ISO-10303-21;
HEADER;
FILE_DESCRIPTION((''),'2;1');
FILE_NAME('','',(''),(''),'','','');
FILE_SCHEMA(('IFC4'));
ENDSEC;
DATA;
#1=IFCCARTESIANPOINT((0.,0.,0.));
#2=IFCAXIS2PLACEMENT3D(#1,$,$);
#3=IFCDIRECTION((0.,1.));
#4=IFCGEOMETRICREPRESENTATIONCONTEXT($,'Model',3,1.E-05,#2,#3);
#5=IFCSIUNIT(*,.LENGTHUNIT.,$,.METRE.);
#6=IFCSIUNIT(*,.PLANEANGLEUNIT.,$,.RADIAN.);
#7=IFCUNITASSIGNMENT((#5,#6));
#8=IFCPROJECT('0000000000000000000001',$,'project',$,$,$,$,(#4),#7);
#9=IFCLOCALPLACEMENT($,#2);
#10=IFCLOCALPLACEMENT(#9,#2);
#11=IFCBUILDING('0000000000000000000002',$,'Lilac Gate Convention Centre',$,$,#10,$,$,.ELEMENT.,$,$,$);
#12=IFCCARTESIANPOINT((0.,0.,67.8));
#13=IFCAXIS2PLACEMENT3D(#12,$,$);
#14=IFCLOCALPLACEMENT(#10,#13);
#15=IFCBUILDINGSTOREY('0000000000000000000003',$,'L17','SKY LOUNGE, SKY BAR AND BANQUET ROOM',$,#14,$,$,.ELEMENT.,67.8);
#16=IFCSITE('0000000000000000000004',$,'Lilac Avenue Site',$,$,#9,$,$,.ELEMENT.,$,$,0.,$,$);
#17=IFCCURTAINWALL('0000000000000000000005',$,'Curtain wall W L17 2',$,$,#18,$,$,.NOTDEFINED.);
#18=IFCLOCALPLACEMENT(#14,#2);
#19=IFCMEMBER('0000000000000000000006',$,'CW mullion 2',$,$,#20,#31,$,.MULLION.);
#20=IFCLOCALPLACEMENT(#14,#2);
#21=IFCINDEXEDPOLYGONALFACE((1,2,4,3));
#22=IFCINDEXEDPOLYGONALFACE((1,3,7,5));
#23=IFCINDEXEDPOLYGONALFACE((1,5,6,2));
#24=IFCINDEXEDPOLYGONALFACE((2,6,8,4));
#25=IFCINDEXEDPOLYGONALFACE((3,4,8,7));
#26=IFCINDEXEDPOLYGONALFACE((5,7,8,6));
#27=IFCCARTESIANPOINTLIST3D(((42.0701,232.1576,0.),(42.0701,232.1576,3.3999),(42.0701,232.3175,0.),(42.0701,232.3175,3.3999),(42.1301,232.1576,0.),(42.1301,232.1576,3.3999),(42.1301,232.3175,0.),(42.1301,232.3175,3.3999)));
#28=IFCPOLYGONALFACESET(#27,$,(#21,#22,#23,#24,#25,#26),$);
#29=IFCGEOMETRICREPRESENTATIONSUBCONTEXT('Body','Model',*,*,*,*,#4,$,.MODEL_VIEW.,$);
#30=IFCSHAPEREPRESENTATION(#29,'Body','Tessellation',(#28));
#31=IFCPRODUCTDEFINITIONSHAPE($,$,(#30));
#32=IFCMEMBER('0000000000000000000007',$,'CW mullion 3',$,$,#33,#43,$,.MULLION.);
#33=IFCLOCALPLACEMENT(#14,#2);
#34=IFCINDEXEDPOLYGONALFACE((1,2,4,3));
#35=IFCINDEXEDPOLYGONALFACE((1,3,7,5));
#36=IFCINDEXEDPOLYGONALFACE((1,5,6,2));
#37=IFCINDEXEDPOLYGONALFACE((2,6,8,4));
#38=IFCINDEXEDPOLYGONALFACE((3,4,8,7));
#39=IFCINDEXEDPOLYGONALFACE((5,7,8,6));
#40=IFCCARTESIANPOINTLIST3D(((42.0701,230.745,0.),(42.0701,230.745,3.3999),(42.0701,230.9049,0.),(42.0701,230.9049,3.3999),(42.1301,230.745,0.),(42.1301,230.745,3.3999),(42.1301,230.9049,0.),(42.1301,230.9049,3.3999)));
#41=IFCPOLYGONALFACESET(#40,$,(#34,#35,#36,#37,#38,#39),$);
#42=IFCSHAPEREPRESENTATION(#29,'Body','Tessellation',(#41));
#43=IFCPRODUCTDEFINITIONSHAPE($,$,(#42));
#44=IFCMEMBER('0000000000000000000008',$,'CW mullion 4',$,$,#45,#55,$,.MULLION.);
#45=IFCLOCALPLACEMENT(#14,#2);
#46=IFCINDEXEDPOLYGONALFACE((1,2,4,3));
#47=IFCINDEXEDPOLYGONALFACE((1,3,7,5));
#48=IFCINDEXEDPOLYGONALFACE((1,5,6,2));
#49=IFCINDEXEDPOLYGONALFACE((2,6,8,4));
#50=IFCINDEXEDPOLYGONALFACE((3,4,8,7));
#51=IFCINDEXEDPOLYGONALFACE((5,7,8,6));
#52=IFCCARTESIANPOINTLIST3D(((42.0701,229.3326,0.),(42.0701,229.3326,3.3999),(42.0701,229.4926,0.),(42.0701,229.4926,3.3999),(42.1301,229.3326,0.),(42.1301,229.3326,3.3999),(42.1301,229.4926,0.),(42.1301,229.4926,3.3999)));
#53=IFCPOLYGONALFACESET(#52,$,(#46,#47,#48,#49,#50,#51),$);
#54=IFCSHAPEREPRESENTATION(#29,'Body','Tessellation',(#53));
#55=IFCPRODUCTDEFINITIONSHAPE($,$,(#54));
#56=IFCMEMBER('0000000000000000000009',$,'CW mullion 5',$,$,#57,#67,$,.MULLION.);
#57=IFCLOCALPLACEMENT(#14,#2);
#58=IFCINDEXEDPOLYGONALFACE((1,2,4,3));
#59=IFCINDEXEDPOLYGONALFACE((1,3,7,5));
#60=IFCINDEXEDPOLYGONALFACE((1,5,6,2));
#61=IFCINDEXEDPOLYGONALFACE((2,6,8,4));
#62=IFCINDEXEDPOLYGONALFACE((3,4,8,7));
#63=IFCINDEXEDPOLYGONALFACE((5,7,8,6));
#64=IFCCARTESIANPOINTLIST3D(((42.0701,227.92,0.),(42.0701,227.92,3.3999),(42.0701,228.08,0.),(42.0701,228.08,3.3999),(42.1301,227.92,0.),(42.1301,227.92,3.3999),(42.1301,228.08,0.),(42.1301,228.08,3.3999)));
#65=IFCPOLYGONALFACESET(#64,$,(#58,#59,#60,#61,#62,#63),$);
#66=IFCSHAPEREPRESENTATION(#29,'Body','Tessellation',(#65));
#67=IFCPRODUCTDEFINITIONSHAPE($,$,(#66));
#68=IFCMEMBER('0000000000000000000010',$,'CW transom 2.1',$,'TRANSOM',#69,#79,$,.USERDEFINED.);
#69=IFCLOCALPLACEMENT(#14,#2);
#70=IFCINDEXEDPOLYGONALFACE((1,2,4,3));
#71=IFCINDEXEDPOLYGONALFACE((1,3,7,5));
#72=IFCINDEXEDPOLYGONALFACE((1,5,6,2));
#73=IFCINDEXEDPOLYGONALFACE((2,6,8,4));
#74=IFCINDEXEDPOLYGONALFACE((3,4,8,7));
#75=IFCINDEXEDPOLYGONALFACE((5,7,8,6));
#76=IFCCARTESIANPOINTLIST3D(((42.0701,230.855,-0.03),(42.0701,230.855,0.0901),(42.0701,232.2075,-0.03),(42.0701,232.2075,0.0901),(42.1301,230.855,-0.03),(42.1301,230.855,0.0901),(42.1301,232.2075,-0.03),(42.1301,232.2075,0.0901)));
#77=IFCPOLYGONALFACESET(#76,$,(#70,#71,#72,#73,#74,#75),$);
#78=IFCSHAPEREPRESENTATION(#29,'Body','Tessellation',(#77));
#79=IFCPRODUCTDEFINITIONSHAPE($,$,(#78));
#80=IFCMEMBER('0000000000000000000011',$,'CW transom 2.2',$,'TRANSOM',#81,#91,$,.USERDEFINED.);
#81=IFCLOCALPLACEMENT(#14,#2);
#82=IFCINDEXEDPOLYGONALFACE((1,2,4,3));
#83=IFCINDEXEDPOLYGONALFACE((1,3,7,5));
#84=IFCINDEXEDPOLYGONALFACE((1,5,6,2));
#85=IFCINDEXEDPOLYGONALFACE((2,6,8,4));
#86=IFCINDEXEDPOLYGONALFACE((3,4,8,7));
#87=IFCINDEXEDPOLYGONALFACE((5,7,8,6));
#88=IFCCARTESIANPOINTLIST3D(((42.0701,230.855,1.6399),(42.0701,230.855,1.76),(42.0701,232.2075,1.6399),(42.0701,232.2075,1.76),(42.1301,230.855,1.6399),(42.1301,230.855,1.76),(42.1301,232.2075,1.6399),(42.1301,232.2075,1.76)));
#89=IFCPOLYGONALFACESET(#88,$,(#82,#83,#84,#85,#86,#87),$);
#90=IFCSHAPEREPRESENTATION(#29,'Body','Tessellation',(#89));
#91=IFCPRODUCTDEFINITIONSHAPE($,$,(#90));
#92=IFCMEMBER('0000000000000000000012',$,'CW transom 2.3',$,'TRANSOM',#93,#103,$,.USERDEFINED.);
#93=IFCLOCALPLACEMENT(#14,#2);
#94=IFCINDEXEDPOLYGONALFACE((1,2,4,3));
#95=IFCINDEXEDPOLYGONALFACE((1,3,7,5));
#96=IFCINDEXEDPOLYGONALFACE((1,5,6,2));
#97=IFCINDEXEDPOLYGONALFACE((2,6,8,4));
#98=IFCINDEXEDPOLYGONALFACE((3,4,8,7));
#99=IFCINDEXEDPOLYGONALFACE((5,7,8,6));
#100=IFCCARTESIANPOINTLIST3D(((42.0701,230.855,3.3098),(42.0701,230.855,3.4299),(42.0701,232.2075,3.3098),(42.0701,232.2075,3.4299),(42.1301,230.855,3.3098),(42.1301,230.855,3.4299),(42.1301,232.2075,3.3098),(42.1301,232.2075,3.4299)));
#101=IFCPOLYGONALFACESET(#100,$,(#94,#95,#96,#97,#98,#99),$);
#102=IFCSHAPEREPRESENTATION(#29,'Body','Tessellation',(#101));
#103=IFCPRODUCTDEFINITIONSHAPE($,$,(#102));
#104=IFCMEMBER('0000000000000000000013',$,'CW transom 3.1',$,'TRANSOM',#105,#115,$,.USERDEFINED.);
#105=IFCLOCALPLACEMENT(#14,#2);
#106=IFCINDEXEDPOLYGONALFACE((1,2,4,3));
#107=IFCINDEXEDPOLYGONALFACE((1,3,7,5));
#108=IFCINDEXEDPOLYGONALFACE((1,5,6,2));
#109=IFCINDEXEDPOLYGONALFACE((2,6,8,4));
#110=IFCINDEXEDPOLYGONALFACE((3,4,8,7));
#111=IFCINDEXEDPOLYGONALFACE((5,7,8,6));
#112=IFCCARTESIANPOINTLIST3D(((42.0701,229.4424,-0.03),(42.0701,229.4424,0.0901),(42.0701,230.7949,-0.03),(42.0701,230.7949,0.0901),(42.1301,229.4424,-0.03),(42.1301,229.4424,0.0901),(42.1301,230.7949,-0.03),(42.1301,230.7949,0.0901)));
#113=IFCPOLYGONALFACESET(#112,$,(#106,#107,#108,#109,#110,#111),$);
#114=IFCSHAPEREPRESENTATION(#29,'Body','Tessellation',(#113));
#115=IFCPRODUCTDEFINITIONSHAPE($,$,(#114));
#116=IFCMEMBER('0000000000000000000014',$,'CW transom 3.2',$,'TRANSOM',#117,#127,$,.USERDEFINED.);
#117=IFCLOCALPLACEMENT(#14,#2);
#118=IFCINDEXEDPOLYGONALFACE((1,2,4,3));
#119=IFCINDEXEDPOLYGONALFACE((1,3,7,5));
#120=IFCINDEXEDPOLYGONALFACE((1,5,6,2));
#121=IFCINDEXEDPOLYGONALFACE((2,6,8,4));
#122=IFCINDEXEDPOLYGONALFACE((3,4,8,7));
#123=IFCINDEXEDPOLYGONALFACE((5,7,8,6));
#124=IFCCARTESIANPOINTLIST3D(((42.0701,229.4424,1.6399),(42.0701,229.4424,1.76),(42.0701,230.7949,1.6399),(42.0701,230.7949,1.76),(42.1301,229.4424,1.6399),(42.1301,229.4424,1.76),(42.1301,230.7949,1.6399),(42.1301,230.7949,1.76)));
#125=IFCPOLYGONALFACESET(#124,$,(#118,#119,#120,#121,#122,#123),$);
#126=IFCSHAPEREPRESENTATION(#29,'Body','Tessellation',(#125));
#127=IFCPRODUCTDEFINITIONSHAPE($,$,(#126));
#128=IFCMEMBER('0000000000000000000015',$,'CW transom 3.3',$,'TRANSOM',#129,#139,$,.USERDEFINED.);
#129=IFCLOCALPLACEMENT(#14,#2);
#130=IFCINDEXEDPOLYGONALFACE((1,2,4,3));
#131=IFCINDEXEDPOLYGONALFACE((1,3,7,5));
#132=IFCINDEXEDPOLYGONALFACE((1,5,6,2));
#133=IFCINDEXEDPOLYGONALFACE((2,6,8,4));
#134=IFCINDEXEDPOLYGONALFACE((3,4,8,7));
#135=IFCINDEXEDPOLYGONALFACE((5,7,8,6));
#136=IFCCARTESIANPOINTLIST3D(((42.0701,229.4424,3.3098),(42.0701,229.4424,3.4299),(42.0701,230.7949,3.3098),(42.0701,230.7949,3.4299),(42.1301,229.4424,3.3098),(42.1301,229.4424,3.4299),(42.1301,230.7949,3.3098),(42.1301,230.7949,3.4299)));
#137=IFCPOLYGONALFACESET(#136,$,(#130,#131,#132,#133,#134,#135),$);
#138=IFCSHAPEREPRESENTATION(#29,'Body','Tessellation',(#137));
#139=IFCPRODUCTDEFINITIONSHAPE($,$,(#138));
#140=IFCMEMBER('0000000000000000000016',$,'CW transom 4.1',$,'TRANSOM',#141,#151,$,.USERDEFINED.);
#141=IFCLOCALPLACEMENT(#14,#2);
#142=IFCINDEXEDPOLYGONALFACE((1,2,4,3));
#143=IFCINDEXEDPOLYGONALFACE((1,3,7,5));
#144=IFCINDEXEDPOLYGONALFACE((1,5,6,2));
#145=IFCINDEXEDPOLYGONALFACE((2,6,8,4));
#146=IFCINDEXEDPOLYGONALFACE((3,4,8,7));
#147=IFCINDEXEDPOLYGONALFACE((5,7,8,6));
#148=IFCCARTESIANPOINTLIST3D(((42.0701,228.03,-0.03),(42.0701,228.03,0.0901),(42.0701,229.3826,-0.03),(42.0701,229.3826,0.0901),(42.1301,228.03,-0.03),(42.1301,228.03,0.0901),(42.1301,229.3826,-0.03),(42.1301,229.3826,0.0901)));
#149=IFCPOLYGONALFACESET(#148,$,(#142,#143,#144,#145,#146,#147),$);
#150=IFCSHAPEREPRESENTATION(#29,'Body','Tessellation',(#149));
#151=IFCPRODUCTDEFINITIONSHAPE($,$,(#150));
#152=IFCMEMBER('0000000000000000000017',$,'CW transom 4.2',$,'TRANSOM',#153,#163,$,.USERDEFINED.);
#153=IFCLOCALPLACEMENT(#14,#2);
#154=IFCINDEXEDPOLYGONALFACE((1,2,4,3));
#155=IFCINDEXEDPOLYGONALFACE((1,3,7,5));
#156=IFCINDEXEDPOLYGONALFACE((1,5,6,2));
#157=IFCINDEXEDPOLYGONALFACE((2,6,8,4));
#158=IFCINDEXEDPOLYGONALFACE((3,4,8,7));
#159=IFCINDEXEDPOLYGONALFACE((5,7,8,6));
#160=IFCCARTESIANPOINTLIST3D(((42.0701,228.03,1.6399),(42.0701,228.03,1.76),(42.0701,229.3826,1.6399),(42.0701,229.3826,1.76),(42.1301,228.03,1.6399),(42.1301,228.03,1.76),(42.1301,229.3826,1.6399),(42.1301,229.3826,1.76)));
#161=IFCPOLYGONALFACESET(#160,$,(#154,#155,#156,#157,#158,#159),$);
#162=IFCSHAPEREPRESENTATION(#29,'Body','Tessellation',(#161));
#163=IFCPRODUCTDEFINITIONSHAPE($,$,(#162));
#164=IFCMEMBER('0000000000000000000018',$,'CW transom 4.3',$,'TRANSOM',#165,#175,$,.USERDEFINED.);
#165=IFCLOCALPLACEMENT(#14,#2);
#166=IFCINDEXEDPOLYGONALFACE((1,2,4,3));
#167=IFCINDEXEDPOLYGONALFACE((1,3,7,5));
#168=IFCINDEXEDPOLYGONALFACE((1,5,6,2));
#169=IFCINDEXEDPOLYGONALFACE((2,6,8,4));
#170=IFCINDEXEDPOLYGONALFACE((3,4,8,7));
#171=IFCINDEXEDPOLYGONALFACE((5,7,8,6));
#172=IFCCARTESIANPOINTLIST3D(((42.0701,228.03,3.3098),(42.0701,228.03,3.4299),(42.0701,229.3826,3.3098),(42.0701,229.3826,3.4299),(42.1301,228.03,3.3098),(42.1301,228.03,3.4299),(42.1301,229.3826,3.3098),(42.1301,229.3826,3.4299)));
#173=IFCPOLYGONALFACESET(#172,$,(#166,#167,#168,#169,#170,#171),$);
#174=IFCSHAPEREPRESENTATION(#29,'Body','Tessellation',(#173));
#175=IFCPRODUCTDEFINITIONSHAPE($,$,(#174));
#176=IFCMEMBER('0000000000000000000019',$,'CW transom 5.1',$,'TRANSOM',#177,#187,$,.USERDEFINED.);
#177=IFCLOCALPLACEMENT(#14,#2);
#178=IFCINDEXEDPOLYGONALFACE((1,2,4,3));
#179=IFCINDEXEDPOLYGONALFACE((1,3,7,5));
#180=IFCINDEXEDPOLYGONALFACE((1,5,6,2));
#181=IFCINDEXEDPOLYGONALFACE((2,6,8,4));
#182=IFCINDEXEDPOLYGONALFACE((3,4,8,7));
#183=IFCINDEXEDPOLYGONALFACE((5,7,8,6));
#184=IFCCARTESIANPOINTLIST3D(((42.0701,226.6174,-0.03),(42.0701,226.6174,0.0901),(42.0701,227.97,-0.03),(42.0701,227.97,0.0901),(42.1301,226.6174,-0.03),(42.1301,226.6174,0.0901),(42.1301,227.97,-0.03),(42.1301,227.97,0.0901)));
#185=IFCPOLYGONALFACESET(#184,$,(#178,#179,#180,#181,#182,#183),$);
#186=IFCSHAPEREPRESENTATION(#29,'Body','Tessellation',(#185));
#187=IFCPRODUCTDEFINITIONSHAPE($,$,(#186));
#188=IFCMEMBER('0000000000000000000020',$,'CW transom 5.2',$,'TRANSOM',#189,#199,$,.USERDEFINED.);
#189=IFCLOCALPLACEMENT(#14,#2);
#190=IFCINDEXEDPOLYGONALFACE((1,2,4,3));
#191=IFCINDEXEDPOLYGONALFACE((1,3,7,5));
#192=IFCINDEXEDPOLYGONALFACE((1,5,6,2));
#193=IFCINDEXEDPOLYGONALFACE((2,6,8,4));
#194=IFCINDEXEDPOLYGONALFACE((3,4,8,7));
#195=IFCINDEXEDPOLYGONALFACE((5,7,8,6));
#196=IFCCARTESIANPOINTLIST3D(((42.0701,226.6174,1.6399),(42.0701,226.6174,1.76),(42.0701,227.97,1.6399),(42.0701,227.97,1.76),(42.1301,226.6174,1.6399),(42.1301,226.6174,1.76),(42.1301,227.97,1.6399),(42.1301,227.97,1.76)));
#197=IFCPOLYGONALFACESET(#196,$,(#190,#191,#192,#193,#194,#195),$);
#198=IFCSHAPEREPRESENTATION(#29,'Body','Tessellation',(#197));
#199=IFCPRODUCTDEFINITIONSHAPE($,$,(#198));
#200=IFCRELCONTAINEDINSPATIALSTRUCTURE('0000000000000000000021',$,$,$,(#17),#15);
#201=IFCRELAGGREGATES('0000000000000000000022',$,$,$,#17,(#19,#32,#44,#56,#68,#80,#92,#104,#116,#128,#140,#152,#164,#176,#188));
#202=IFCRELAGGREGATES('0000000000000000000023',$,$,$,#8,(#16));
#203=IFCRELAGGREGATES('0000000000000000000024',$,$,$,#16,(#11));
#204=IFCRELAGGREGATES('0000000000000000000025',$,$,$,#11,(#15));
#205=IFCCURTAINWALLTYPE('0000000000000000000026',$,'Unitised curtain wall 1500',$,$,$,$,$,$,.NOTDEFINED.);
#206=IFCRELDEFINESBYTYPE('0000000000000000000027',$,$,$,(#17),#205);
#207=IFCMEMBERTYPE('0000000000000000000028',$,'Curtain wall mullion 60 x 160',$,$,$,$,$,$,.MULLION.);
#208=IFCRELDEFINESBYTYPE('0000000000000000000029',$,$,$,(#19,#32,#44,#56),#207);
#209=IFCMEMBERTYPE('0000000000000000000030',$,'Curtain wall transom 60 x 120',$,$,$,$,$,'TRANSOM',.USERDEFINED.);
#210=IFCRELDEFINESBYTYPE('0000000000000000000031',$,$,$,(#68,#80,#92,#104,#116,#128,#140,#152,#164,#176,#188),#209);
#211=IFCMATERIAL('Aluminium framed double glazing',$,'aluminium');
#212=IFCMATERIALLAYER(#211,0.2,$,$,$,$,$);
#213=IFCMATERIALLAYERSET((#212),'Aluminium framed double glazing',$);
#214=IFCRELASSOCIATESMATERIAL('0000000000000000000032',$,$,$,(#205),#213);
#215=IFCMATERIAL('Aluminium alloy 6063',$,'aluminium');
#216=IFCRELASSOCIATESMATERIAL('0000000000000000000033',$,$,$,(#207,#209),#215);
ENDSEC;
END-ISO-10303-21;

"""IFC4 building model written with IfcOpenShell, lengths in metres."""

from ifc_helpers import new_model, si_unit, direction, frame, origin, origin_2d, place, context, subcontext, project, spatial, rectangle, extrude, material, layer, layer_set, material_profile, profile_set, type_object, element, aggregate, save


model = new_model("IFC4")

# Units and contexts
model_context = context("Model", 3, precision=1e-05, world=origin(), true_north=direction((0.0, 1.0)))
body_context = subcontext(model_context, "Body", "Model", "MODEL_VIEW")
ifc_project = project(units=[si_unit("LENGTHUNIT", "METRE"), si_unit("PLANEANGLEUNIT", "RADIAN")], contexts=[model_context])

# Site, building, storey
site_placement = place(None, origin())
site = spatial("IfcSite", under=ifc_project, at=site_placement, Name="Lilac Avenue Site", CompositionType="ELEMENT", RefElevation=0.0)
building_placement = place(site_placement, origin())
building = spatial("IfcBuilding", under=site, at=building_placement, Name="Lilac Gate Convention Centre", CompositionType="ELEMENT")
storey_placement = place(building_placement, frame((0.0, 0.0, 67.8)))
storey = spatial("IfcBuildingStorey", under=building, at=storey_placement, Name="L17", Description="SKY LOUNGE, SKY BAR AND BANQUET ROOM", CompositionType="ELEMENT", Elevation=67.8)

# Curtain wall, members
ifc_material_1 = material(Name="Aluminium framed double glazing", Category="aluminium")
ifc_layer_1 = layer(ifc_material_1, 0.2)
ifc_layer_set_1 = layer_set([ifc_layer_1], Name="Aluminium framed double glazing")
curtain_wall_type = type_object("IfcCurtainWallType", Name="Unitised curtain wall 1500", PredefinedType="NOTDEFINED", material=ifc_layer_set_1)
curtain_wall_placement = place(storey_placement, origin())
curtain_wall = element("IfcCurtainWall", 1, at=curtain_wall_placement, inside=storey, type_object=curtain_wall_type, Name="Curtain wall W L17 2", PredefinedType="NOTDEFINED")
ifc_material_2 = material(Name="Aluminium alloy 6063", Category="aluminium")
ifc_material_profile_1 = material_profile(ifc_material_2, rectangle(XDim=0.0601, YDim=0.1599, at=origin_2d()), Name="Curtain wall mullion 60 x 160")
ifc_profile_set_1 = profile_set([ifc_material_profile_1], Name="Aluminium alloy 6063")
member_type_1 = type_object("IfcMemberType", Name="Curtain wall mullion 60 x 160", PredefinedType="MULLION", material=ifc_profile_set_1)
member_1_placement = place(storey_placement, frame((42.1001, 232.2375, 0.0), z_axis=(0.0, 0.0, 1.0), x_axis=(1.0, 0.0, 0.0)))
member_1 = element("IfcMember", 2, at=member_1_placement, type_object=member_type_1, Name="CW mullion 2", PredefinedType="MULLION", context=body_context, shape_type="SweptSolid", body=[
    extrude(rectangle(XDim=0.0601, YDim=0.1599, at=origin_2d()), origin(), (0.0, 0.0, 1.0), 3.3999),
])
member_2_placement = place(storey_placement, frame((42.1001, 230.825, 0.0), z_axis=(0.0, 0.0, 1.0), x_axis=(1.0, 0.0, 0.0)))
member_2 = element("IfcMember", 3, at=member_2_placement, type_object=member_type_1, Name="CW mullion 3", PredefinedType="MULLION", context=body_context, shape_type="SweptSolid", body=[
    extrude(rectangle(XDim=0.0601, YDim=0.1599, at=origin_2d()), origin(), (0.0, 0.0, 1.0), 3.3999),
])
member_3_placement = place(storey_placement, frame((42.1001, 229.4126, 0.0), z_axis=(0.0, 0.0, 1.0), x_axis=(1.0, 0.0, 0.0)))
member_3 = element("IfcMember", 4, at=member_3_placement, type_object=member_type_1, Name="CW mullion 4", PredefinedType="MULLION", context=body_context, shape_type="SweptSolid", body=[
    extrude(rectangle(XDim=0.0601, YDim=0.1599, at=origin_2d()), origin(), (0.0, 0.0, 1.0), 3.3999),
])
member_4_placement = place(storey_placement, frame((42.1001, 228.0, 0.0), z_axis=(0.0, 0.0, 1.0), x_axis=(1.0, 0.0, 0.0)))
member_4 = element("IfcMember", 5, at=member_4_placement, type_object=member_type_1, Name="CW mullion 5", PredefinedType="MULLION", context=body_context, shape_type="SweptSolid", body=[
    extrude(rectangle(XDim=0.0601, YDim=0.1599, at=origin_2d()), origin(), (0.0, 0.0, 1.0), 3.3999),
])
ifc_material_profile_2 = material_profile(ifc_material_2, rectangle(XDim=0.0601, YDim=0.1201, at=origin_2d()), Name="Curtain wall transom 60 x 120")
ifc_profile_set_2 = profile_set([ifc_material_profile_2], Name="Aluminium alloy 6063")
member_type_2 = type_object("IfcMemberType", Name="Curtain wall transom 60 x 120", ElementType="TRANSOM", PredefinedType="USERDEFINED", material=ifc_profile_set_2)
member_5_placement = place(storey_placement, frame((42.1001, 232.2075, 0.03), z_axis=(0.0, -1.0, 0.0), x_axis=(1.0, 0.0, 0.0)))
member_5 = element("IfcMember", 6, at=member_5_placement, type_object=member_type_2, Name="CW transom 2.1", ObjectType="TRANSOM", PredefinedType="USERDEFINED", context=body_context, shape_type="SweptSolid", body=[
    extrude(rectangle(XDim=0.0601, YDim=0.1201, at=origin_2d()), origin(), (0.0, 0.0, 1.0), 1.3525),
])
member_6_placement = place(storey_placement, frame((42.1001, 232.2075, 1.7), z_axis=(0.0, -1.0, 0.0), x_axis=(1.0, 0.0, 0.0)))
member_6 = element("IfcMember", 7, at=member_6_placement, type_object=member_type_2, Name="CW transom 2.2", ObjectType="TRANSOM", PredefinedType="USERDEFINED", context=body_context, shape_type="SweptSolid", body=[
    extrude(rectangle(XDim=0.0601, YDim=0.1201, at=origin_2d()), origin(), (0.0, 0.0, 1.0), 1.3525),
])
member_7_placement = place(storey_placement, frame((42.1001, 232.2075, 3.3699), z_axis=(0.0, -1.0, 0.0), x_axis=(1.0, 0.0, 0.0)))
member_7 = element("IfcMember", 8, at=member_7_placement, type_object=member_type_2, Name="CW transom 2.3", ObjectType="TRANSOM", PredefinedType="USERDEFINED", context=body_context, shape_type="SweptSolid", body=[
    extrude(rectangle(XDim=0.0601, YDim=0.1201, at=origin_2d()), origin(), (0.0, 0.0, 1.0), 1.3525),
])
member_8_placement = place(storey_placement, frame((42.1001, 230.7949, 0.03), z_axis=(0.0, -1.0, 0.0), x_axis=(1.0, 0.0, 0.0)))
member_8 = element("IfcMember", 9, at=member_8_placement, type_object=member_type_2, Name="CW transom 3.1", ObjectType="TRANSOM", PredefinedType="USERDEFINED", context=body_context, shape_type="SweptSolid", body=[
    extrude(rectangle(XDim=0.0601, YDim=0.1201, at=origin_2d()), origin(), (0.0, 0.0, 1.0), 1.3525),
])
member_9_placement = place(storey_placement, frame((42.1001, 230.7949, 1.7), z_axis=(0.0, -1.0, 0.0), x_axis=(1.0, 0.0, 0.0)))
member_9 = element("IfcMember", 10, at=member_9_placement, type_object=member_type_2, Name="CW transom 3.2", ObjectType="TRANSOM", PredefinedType="USERDEFINED", context=body_context, shape_type="SweptSolid", body=[
    extrude(rectangle(XDim=0.0601, YDim=0.1201, at=origin_2d()), origin(), (0.0, 0.0, 1.0), 1.3525),
])
member_10_placement = place(storey_placement, frame((42.1001, 230.7949, 3.3699), z_axis=(0.0, -1.0, 0.0), x_axis=(1.0, 0.0, 0.0)))
member_10 = element("IfcMember", 11, at=member_10_placement, type_object=member_type_2, Name="CW transom 3.3", ObjectType="TRANSOM", PredefinedType="USERDEFINED", context=body_context, shape_type="SweptSolid", body=[
    extrude(rectangle(XDim=0.0601, YDim=0.1201, at=origin_2d()), origin(), (0.0, 0.0, 1.0), 1.3525),
])
member_11_placement = place(storey_placement, frame((42.1001, 229.3826, 0.03), z_axis=(0.0, -1.0, 0.0), x_axis=(1.0, 0.0, 0.0)))
member_11 = element("IfcMember", 12, at=member_11_placement, type_object=member_type_2, Name="CW transom 4.1", ObjectType="TRANSOM", PredefinedType="USERDEFINED", context=body_context, shape_type="SweptSolid", body=[
    extrude(rectangle(XDim=0.0601, YDim=0.1201, at=origin_2d()), origin(), (0.0, 0.0, 1.0), 1.3525),
])
member_12_placement = place(storey_placement, frame((42.1001, 229.3826, 1.7), z_axis=(0.0, -1.0, 0.0), x_axis=(1.0, 0.0, 0.0)))
member_12 = element("IfcMember", 13, at=member_12_placement, type_object=member_type_2, Name="CW transom 4.2", ObjectType="TRANSOM", PredefinedType="USERDEFINED", context=body_context, shape_type="SweptSolid", body=[
    extrude(rectangle(XDim=0.0601, YDim=0.1201, at=origin_2d()), origin(), (0.0, 0.0, 1.0), 1.3525),
])
member_13_placement = place(storey_placement, frame((42.1001, 229.3826, 3.3699), z_axis=(0.0, -1.0, 0.0), x_axis=(1.0, 0.0, 0.0)))
member_13 = element("IfcMember", 14, at=member_13_placement, type_object=member_type_2, Name="CW transom 4.3", ObjectType="TRANSOM", PredefinedType="USERDEFINED", context=body_context, shape_type="SweptSolid", body=[
    extrude(rectangle(XDim=0.0601, YDim=0.1201, at=origin_2d()), origin(), (0.0, 0.0, 1.0), 1.3525),
])
member_14_placement = place(storey_placement, frame((42.1001, 227.97, 0.03), z_axis=(0.0, -1.0, 0.0), x_axis=(1.0, 0.0, 0.0)))
member_14 = element("IfcMember", 15, at=member_14_placement, type_object=member_type_2, Name="CW transom 5.1", ObjectType="TRANSOM", PredefinedType="USERDEFINED", context=body_context, shape_type="SweptSolid", body=[
    extrude(rectangle(XDim=0.0601, YDim=0.1201, at=origin_2d()), origin(), (0.0, 0.0, 1.0), 1.3525),
])
member_15_placement = place(storey_placement, frame((42.1001, 227.97, 1.7), z_axis=(0.0, -1.0, 0.0), x_axis=(1.0, 0.0, 0.0)))
member_15 = element("IfcMember", 16, at=member_15_placement, type_object=member_type_2, Name="CW transom 5.2", ObjectType="TRANSOM", PredefinedType="USERDEFINED", context=body_context, shape_type="SweptSolid", body=[
    extrude(rectangle(XDim=0.0601, YDim=0.1201, at=origin_2d()), origin(), (0.0, 0.0, 1.0), 1.3525),
])
aggregate(curtain_wall, [member_1, member_2, member_3, member_4, member_5, member_6, member_7, member_8, member_9, member_10, member_11, member_12, member_13, member_14, member_15])

save(model, "model.ifc")
